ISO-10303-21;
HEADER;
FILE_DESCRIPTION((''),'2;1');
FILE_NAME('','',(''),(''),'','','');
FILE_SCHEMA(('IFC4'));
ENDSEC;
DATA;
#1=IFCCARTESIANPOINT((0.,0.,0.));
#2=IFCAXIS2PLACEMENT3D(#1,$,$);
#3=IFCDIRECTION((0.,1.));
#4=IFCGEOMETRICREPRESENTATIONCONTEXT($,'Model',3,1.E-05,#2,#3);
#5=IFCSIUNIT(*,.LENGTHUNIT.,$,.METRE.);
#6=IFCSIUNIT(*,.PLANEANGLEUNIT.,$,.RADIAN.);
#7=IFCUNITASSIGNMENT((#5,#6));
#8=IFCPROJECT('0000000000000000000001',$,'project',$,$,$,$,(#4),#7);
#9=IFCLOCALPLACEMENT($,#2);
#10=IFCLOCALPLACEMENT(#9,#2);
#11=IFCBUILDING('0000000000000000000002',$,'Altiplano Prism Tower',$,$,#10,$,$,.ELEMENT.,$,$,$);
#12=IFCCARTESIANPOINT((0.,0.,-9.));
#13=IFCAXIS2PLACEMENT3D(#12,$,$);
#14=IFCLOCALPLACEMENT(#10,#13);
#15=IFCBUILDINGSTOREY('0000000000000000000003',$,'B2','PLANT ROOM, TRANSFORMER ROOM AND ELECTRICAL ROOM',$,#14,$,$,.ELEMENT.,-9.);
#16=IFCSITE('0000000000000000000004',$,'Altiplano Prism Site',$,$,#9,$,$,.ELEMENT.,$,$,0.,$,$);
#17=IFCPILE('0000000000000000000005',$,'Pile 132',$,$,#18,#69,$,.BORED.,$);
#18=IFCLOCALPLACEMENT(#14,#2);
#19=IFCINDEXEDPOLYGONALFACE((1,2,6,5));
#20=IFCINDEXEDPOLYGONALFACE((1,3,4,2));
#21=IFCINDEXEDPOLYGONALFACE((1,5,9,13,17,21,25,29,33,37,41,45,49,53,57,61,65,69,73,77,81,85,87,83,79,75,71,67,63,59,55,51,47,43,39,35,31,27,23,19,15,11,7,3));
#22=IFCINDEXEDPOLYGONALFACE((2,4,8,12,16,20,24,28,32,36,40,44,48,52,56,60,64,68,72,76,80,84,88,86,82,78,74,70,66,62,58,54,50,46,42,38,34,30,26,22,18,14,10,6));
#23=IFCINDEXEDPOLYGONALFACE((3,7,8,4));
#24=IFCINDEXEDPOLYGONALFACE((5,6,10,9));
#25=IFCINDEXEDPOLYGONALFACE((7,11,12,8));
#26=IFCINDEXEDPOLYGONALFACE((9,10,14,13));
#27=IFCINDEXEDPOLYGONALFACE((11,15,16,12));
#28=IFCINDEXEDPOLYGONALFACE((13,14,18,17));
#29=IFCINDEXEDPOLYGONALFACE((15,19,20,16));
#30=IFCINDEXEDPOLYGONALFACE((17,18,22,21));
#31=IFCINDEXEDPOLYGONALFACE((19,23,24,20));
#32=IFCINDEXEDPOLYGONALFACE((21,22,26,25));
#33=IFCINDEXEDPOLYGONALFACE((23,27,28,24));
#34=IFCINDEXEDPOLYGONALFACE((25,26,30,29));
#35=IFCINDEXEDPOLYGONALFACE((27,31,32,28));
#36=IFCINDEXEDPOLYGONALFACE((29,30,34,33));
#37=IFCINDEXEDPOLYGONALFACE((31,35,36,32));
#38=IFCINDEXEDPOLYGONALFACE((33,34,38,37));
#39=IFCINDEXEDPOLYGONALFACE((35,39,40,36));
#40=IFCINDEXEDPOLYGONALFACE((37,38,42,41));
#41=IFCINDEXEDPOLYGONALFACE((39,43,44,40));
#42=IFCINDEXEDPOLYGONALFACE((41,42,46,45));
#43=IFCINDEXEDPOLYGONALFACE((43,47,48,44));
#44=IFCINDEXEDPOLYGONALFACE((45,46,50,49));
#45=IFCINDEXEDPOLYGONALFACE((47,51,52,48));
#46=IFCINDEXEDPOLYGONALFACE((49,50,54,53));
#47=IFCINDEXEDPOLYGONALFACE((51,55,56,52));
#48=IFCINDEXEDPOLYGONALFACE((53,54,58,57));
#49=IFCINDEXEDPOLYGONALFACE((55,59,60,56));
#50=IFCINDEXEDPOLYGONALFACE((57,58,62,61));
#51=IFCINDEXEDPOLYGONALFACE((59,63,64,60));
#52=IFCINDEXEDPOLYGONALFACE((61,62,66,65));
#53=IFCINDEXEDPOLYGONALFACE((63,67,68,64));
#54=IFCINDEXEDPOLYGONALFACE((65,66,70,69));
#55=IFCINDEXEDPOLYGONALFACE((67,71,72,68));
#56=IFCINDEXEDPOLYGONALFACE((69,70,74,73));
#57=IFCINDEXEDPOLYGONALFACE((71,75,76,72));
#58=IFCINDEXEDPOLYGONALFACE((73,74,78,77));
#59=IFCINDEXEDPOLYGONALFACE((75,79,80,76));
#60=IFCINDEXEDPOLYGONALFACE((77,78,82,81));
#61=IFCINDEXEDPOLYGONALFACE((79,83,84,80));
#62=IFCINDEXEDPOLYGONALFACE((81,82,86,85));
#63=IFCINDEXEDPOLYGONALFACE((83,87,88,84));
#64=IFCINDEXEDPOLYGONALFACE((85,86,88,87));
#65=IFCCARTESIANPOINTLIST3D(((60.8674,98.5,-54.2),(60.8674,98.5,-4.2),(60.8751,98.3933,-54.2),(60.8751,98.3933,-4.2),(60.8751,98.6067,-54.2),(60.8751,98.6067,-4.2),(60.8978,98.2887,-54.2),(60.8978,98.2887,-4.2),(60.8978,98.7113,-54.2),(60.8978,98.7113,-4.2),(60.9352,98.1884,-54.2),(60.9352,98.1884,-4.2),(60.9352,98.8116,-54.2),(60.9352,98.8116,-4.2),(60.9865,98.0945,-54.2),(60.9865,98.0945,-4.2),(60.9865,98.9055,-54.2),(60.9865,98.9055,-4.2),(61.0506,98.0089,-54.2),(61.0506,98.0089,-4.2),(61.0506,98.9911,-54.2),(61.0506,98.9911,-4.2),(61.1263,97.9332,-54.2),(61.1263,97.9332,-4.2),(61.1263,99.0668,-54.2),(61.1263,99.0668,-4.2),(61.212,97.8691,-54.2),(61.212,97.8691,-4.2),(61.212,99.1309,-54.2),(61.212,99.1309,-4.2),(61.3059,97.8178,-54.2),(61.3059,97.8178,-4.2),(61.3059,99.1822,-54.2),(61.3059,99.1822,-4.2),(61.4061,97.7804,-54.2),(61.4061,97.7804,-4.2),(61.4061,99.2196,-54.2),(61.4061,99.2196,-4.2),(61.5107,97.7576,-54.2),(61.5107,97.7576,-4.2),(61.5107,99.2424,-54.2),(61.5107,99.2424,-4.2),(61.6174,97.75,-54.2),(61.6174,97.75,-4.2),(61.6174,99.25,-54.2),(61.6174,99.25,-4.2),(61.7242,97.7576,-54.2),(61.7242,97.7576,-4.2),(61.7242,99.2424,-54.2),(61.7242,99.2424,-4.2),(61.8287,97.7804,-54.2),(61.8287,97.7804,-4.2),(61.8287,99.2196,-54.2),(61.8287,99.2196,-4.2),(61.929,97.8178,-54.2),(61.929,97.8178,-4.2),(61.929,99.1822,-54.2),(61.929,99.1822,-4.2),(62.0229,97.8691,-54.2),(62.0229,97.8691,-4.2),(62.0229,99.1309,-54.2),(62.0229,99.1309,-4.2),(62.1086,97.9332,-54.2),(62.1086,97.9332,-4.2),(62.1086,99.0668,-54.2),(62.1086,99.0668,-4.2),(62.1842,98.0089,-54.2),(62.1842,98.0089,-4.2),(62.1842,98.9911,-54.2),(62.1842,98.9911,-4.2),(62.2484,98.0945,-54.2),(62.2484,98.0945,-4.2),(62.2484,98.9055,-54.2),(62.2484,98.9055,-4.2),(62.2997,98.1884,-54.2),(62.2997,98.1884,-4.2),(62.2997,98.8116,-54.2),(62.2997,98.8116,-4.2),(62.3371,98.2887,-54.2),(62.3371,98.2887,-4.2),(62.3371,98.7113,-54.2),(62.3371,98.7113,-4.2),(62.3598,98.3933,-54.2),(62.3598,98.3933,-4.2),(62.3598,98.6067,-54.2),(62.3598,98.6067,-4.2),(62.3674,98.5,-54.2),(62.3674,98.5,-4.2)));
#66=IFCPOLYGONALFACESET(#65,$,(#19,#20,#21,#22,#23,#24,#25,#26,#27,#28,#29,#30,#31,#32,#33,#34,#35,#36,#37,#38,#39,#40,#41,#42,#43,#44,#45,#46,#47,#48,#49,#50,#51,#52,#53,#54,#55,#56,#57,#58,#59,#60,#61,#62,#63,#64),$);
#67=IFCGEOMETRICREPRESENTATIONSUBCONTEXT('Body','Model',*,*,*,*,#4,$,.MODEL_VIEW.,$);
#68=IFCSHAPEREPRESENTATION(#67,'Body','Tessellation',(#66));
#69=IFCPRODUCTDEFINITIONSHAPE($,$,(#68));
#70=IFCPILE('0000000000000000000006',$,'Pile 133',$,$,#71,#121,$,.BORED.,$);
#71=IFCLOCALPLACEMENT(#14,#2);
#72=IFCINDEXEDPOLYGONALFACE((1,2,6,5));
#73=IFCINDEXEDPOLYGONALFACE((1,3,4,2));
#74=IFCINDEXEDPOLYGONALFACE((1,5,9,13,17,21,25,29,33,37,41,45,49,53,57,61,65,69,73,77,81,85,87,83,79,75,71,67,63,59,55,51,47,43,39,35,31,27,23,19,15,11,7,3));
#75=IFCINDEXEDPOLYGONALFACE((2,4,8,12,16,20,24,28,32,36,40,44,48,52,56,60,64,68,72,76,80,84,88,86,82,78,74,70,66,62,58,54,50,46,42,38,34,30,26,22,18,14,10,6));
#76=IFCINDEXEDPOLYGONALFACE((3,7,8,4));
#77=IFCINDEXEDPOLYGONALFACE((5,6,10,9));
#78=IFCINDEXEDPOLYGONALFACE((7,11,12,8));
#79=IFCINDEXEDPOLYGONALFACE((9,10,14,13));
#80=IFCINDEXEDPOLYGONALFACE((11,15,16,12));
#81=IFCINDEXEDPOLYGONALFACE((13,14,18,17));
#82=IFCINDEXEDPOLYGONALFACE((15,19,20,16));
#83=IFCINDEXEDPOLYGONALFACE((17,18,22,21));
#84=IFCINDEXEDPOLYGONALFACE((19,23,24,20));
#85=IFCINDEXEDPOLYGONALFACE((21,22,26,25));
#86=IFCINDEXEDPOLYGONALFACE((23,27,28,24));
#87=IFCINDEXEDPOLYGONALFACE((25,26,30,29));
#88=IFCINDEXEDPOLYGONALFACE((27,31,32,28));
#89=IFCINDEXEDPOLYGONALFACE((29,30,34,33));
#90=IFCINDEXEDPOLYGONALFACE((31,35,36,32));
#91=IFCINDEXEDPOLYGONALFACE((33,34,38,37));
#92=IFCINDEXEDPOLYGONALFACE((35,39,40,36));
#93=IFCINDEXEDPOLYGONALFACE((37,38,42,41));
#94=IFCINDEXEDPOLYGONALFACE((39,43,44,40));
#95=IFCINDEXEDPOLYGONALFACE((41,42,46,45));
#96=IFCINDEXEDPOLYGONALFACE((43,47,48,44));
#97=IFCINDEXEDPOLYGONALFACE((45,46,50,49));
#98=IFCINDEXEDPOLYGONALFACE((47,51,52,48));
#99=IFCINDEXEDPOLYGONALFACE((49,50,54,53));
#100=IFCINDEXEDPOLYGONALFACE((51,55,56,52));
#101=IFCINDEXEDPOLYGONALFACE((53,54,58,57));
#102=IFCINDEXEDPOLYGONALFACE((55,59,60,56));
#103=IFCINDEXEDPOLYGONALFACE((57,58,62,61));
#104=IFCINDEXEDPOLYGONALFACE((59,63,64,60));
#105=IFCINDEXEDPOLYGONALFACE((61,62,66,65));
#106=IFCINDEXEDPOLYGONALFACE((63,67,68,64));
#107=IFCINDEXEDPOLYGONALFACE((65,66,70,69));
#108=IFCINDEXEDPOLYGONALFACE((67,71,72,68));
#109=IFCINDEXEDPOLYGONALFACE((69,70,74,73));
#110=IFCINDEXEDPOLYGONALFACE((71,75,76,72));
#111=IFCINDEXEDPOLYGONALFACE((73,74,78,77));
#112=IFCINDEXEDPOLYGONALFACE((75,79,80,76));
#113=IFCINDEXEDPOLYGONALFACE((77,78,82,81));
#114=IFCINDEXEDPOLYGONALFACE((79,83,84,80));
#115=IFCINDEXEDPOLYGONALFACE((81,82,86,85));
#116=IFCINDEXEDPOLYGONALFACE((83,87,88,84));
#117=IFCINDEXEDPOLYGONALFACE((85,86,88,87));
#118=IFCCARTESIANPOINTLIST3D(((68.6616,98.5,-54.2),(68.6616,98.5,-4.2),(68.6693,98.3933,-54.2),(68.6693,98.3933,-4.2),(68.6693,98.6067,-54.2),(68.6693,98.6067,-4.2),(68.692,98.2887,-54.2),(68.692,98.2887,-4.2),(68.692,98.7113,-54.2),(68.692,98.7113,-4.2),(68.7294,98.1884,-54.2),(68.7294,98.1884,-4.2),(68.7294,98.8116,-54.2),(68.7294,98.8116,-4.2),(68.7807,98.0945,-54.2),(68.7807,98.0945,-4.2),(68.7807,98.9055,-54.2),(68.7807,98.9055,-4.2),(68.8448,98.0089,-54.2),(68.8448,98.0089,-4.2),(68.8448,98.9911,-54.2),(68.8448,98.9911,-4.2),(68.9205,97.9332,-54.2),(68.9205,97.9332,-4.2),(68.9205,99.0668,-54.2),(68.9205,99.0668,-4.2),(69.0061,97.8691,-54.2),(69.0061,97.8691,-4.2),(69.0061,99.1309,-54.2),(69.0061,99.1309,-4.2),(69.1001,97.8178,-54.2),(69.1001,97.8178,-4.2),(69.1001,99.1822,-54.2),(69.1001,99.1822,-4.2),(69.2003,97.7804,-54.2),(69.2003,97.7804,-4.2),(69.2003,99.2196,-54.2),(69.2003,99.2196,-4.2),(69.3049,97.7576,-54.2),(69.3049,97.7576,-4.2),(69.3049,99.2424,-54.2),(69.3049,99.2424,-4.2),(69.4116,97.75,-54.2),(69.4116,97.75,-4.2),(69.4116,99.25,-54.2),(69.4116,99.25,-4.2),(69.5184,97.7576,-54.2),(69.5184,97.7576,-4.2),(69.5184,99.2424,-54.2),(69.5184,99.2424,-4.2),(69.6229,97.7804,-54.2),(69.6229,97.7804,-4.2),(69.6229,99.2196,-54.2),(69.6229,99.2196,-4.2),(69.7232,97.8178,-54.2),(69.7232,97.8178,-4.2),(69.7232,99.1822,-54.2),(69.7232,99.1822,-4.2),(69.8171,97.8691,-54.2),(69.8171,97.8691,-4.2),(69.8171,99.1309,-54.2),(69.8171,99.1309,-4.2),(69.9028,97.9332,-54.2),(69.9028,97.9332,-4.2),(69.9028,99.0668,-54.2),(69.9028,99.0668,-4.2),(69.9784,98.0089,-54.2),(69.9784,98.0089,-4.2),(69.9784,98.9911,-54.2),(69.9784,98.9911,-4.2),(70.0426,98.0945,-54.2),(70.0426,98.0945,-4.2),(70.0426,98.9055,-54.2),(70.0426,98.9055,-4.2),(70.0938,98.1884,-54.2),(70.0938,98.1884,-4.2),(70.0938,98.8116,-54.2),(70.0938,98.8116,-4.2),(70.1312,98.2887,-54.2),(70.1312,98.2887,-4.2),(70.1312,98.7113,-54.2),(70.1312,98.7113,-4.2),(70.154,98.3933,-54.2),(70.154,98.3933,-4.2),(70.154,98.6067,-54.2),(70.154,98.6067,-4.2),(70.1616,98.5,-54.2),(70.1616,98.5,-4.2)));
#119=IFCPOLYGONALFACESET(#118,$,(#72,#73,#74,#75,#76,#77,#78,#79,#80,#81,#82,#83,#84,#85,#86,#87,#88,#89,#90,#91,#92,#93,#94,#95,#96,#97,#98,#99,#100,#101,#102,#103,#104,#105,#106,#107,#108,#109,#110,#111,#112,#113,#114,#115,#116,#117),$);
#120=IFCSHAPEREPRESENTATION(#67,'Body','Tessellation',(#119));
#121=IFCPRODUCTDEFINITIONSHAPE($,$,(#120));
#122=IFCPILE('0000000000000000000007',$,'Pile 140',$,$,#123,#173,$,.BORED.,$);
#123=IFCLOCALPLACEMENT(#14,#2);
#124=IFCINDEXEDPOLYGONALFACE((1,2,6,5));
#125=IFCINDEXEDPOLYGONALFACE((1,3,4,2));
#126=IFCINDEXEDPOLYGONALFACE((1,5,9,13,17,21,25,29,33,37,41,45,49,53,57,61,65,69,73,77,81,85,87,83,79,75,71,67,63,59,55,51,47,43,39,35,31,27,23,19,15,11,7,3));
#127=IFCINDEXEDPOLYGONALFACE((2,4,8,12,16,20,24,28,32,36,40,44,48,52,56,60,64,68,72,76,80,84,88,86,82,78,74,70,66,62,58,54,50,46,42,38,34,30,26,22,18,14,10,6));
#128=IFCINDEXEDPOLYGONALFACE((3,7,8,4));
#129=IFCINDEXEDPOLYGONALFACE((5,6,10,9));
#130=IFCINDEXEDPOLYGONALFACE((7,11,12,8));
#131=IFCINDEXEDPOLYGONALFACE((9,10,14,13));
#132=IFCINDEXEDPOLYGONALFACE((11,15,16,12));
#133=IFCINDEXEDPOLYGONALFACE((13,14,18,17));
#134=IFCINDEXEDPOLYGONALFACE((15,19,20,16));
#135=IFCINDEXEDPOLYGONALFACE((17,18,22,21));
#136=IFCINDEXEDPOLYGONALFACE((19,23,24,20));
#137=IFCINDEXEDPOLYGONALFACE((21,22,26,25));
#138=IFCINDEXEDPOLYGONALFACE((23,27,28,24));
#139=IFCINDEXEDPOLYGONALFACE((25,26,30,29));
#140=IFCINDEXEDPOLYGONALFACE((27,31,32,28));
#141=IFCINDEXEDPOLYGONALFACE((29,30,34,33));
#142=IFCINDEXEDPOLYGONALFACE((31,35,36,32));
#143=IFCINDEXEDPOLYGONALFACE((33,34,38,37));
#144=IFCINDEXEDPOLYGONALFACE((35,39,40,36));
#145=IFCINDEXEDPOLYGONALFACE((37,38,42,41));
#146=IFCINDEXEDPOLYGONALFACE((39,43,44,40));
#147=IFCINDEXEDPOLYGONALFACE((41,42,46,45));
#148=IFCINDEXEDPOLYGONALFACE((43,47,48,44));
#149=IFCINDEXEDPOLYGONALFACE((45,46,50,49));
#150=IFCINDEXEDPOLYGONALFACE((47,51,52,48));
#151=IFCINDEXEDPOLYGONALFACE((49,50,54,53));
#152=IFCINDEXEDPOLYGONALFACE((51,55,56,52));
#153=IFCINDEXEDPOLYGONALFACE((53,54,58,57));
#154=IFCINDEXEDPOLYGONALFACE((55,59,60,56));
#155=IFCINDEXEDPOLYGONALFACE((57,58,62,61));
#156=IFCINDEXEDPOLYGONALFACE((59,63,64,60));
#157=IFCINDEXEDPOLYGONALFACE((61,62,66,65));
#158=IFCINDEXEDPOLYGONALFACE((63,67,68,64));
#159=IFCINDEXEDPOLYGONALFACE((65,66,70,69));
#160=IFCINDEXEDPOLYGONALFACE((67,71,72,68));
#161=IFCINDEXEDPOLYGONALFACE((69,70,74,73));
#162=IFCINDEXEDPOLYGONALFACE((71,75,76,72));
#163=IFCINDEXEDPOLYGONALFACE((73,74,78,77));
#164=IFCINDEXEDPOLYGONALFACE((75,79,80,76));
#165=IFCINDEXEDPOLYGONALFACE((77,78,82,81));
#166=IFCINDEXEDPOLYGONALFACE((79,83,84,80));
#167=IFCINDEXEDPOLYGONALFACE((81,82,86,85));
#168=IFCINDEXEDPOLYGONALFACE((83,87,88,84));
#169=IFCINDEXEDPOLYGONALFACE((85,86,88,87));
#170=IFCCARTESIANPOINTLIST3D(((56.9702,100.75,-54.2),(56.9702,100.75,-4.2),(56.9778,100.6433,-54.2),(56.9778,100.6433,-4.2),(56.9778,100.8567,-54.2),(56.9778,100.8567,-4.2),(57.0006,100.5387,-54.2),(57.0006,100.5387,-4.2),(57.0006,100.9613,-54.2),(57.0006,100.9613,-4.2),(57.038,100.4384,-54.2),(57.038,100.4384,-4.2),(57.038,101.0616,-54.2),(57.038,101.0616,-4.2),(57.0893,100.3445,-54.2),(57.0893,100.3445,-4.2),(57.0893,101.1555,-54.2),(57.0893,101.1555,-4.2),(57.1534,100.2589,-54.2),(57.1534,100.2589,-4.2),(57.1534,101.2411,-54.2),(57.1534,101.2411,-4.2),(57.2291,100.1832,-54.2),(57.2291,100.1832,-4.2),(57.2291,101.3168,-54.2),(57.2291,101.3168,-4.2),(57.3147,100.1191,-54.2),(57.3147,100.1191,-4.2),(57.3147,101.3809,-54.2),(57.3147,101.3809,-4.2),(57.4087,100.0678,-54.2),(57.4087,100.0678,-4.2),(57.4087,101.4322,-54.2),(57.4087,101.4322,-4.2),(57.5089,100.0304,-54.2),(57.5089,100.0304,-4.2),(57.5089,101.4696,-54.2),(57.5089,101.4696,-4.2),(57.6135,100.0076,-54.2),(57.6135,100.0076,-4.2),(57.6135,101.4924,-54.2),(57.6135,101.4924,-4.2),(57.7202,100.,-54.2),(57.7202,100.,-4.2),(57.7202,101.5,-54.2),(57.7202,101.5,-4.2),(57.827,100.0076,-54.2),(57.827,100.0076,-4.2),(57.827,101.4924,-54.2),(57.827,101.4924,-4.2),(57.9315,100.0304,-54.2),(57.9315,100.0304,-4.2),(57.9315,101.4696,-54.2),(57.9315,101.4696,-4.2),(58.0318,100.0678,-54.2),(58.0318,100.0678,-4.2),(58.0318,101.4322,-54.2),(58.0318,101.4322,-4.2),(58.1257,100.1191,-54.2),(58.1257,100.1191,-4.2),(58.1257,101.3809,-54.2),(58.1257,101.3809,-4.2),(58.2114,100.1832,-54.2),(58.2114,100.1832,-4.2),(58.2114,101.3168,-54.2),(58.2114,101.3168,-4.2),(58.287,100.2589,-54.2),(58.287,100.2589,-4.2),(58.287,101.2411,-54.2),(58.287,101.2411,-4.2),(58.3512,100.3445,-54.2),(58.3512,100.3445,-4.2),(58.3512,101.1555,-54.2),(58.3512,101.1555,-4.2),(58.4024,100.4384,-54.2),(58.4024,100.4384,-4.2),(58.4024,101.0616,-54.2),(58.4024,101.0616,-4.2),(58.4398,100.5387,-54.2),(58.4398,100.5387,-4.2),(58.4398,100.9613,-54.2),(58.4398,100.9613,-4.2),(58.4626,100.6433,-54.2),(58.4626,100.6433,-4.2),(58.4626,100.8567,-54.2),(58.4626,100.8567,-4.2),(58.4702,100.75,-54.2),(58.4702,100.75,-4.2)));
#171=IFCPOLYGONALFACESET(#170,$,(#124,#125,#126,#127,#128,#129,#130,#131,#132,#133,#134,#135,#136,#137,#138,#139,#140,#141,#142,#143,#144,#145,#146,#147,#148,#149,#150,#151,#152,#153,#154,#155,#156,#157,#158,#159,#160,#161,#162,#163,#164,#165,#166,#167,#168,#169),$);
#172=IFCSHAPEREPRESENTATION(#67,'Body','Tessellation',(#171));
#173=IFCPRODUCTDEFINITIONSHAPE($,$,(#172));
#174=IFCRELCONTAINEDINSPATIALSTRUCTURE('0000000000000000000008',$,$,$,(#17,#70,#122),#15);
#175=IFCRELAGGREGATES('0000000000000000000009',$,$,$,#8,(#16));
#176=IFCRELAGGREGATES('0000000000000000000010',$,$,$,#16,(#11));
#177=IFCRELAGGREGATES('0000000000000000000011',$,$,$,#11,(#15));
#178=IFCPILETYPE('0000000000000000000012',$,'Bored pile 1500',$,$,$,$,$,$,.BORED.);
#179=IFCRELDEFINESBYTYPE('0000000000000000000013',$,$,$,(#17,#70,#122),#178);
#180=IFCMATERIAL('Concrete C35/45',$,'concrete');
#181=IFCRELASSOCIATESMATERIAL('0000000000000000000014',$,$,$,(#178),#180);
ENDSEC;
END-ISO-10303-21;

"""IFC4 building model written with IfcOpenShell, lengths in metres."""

from ifc_helpers import new_model, si_unit, direction, frame, origin, origin_2d, place, context, subcontext, project, spatial, circle, extrude, material, material_profile, profile_set, type_object, element, save


model = new_model("IFC4")

# Units and contexts
model_context = context("Model", 3, precision=1e-05, world=origin(), true_north=direction((0.0, 1.0)))
body_context = subcontext(model_context, "Body", "Model", "MODEL_VIEW")
ifc_project = project(units=[si_unit("LENGTHUNIT", "METRE"), si_unit("PLANEANGLEUNIT", "RADIAN")], contexts=[model_context])

# Site, building, storey
site_placement = place(None, origin())
site = spatial("IfcSite", under=ifc_project, at=site_placement, Name="Altiplano Prism Site", CompositionType="ELEMENT", RefElevation=0.0)
building_placement = place(site_placement, origin())
building = spatial("IfcBuilding", under=site, at=building_placement, Name="Altiplano Prism Tower", CompositionType="ELEMENT")
storey_placement = place(building_placement, frame((0.0, 0.0, -9.0)))
storey = spatial("IfcBuildingStorey", under=building, at=storey_placement, Name="B2", Description="PLANT ROOM, TRANSFORMER ROOM AND ELECTRICAL ROOM", CompositionType="ELEMENT", Elevation=-9.0)

# Piles
ifc_material_1 = material(Name="Concrete C35/45", Category="concrete")
ifc_material_profile_1 = material_profile(ifc_material_1, circle(Radius=0.75, at=origin_2d()), Name="Bored pile 1500")
ifc_profile_set_1 = profile_set([ifc_material_profile_1], Name="Concrete C35/45")
pile_type = type_object("IfcPileType", Name="Bored pile 1500", PredefinedType="BORED", material=ifc_profile_set_1)
for number, where, z_axis, x_axis, name in (
    (1, (61.6174, 98.5, -4.2), (0.0, 0.0, -1.0), (1.0, 0.0, 0.0), "Pile 132"),
    (2, (69.4116, 98.5, -4.2), (0.0, 0.0, -1.0), (1.0, 0.0, 0.0), "Pile 133"),
    (3, (57.7202, 100.75, -4.2), (0.0, 0.0, -1.0), (1.0, 0.0, 0.0), "Pile 140"),
):
    element("IfcPile", number, at=place(storey_placement, frame(where, z_axis=z_axis, x_axis=x_axis)), inside=storey, type_object=pile_type, Name=name, PredefinedType="BORED", context=body_context, shape_type="SweptSolid", body=[
        extrude(circle(Radius=0.75, at=origin_2d()), origin(), (0.0, 0.0, 1.0), 50.0),
    ])

save(model, "model.ifc")
